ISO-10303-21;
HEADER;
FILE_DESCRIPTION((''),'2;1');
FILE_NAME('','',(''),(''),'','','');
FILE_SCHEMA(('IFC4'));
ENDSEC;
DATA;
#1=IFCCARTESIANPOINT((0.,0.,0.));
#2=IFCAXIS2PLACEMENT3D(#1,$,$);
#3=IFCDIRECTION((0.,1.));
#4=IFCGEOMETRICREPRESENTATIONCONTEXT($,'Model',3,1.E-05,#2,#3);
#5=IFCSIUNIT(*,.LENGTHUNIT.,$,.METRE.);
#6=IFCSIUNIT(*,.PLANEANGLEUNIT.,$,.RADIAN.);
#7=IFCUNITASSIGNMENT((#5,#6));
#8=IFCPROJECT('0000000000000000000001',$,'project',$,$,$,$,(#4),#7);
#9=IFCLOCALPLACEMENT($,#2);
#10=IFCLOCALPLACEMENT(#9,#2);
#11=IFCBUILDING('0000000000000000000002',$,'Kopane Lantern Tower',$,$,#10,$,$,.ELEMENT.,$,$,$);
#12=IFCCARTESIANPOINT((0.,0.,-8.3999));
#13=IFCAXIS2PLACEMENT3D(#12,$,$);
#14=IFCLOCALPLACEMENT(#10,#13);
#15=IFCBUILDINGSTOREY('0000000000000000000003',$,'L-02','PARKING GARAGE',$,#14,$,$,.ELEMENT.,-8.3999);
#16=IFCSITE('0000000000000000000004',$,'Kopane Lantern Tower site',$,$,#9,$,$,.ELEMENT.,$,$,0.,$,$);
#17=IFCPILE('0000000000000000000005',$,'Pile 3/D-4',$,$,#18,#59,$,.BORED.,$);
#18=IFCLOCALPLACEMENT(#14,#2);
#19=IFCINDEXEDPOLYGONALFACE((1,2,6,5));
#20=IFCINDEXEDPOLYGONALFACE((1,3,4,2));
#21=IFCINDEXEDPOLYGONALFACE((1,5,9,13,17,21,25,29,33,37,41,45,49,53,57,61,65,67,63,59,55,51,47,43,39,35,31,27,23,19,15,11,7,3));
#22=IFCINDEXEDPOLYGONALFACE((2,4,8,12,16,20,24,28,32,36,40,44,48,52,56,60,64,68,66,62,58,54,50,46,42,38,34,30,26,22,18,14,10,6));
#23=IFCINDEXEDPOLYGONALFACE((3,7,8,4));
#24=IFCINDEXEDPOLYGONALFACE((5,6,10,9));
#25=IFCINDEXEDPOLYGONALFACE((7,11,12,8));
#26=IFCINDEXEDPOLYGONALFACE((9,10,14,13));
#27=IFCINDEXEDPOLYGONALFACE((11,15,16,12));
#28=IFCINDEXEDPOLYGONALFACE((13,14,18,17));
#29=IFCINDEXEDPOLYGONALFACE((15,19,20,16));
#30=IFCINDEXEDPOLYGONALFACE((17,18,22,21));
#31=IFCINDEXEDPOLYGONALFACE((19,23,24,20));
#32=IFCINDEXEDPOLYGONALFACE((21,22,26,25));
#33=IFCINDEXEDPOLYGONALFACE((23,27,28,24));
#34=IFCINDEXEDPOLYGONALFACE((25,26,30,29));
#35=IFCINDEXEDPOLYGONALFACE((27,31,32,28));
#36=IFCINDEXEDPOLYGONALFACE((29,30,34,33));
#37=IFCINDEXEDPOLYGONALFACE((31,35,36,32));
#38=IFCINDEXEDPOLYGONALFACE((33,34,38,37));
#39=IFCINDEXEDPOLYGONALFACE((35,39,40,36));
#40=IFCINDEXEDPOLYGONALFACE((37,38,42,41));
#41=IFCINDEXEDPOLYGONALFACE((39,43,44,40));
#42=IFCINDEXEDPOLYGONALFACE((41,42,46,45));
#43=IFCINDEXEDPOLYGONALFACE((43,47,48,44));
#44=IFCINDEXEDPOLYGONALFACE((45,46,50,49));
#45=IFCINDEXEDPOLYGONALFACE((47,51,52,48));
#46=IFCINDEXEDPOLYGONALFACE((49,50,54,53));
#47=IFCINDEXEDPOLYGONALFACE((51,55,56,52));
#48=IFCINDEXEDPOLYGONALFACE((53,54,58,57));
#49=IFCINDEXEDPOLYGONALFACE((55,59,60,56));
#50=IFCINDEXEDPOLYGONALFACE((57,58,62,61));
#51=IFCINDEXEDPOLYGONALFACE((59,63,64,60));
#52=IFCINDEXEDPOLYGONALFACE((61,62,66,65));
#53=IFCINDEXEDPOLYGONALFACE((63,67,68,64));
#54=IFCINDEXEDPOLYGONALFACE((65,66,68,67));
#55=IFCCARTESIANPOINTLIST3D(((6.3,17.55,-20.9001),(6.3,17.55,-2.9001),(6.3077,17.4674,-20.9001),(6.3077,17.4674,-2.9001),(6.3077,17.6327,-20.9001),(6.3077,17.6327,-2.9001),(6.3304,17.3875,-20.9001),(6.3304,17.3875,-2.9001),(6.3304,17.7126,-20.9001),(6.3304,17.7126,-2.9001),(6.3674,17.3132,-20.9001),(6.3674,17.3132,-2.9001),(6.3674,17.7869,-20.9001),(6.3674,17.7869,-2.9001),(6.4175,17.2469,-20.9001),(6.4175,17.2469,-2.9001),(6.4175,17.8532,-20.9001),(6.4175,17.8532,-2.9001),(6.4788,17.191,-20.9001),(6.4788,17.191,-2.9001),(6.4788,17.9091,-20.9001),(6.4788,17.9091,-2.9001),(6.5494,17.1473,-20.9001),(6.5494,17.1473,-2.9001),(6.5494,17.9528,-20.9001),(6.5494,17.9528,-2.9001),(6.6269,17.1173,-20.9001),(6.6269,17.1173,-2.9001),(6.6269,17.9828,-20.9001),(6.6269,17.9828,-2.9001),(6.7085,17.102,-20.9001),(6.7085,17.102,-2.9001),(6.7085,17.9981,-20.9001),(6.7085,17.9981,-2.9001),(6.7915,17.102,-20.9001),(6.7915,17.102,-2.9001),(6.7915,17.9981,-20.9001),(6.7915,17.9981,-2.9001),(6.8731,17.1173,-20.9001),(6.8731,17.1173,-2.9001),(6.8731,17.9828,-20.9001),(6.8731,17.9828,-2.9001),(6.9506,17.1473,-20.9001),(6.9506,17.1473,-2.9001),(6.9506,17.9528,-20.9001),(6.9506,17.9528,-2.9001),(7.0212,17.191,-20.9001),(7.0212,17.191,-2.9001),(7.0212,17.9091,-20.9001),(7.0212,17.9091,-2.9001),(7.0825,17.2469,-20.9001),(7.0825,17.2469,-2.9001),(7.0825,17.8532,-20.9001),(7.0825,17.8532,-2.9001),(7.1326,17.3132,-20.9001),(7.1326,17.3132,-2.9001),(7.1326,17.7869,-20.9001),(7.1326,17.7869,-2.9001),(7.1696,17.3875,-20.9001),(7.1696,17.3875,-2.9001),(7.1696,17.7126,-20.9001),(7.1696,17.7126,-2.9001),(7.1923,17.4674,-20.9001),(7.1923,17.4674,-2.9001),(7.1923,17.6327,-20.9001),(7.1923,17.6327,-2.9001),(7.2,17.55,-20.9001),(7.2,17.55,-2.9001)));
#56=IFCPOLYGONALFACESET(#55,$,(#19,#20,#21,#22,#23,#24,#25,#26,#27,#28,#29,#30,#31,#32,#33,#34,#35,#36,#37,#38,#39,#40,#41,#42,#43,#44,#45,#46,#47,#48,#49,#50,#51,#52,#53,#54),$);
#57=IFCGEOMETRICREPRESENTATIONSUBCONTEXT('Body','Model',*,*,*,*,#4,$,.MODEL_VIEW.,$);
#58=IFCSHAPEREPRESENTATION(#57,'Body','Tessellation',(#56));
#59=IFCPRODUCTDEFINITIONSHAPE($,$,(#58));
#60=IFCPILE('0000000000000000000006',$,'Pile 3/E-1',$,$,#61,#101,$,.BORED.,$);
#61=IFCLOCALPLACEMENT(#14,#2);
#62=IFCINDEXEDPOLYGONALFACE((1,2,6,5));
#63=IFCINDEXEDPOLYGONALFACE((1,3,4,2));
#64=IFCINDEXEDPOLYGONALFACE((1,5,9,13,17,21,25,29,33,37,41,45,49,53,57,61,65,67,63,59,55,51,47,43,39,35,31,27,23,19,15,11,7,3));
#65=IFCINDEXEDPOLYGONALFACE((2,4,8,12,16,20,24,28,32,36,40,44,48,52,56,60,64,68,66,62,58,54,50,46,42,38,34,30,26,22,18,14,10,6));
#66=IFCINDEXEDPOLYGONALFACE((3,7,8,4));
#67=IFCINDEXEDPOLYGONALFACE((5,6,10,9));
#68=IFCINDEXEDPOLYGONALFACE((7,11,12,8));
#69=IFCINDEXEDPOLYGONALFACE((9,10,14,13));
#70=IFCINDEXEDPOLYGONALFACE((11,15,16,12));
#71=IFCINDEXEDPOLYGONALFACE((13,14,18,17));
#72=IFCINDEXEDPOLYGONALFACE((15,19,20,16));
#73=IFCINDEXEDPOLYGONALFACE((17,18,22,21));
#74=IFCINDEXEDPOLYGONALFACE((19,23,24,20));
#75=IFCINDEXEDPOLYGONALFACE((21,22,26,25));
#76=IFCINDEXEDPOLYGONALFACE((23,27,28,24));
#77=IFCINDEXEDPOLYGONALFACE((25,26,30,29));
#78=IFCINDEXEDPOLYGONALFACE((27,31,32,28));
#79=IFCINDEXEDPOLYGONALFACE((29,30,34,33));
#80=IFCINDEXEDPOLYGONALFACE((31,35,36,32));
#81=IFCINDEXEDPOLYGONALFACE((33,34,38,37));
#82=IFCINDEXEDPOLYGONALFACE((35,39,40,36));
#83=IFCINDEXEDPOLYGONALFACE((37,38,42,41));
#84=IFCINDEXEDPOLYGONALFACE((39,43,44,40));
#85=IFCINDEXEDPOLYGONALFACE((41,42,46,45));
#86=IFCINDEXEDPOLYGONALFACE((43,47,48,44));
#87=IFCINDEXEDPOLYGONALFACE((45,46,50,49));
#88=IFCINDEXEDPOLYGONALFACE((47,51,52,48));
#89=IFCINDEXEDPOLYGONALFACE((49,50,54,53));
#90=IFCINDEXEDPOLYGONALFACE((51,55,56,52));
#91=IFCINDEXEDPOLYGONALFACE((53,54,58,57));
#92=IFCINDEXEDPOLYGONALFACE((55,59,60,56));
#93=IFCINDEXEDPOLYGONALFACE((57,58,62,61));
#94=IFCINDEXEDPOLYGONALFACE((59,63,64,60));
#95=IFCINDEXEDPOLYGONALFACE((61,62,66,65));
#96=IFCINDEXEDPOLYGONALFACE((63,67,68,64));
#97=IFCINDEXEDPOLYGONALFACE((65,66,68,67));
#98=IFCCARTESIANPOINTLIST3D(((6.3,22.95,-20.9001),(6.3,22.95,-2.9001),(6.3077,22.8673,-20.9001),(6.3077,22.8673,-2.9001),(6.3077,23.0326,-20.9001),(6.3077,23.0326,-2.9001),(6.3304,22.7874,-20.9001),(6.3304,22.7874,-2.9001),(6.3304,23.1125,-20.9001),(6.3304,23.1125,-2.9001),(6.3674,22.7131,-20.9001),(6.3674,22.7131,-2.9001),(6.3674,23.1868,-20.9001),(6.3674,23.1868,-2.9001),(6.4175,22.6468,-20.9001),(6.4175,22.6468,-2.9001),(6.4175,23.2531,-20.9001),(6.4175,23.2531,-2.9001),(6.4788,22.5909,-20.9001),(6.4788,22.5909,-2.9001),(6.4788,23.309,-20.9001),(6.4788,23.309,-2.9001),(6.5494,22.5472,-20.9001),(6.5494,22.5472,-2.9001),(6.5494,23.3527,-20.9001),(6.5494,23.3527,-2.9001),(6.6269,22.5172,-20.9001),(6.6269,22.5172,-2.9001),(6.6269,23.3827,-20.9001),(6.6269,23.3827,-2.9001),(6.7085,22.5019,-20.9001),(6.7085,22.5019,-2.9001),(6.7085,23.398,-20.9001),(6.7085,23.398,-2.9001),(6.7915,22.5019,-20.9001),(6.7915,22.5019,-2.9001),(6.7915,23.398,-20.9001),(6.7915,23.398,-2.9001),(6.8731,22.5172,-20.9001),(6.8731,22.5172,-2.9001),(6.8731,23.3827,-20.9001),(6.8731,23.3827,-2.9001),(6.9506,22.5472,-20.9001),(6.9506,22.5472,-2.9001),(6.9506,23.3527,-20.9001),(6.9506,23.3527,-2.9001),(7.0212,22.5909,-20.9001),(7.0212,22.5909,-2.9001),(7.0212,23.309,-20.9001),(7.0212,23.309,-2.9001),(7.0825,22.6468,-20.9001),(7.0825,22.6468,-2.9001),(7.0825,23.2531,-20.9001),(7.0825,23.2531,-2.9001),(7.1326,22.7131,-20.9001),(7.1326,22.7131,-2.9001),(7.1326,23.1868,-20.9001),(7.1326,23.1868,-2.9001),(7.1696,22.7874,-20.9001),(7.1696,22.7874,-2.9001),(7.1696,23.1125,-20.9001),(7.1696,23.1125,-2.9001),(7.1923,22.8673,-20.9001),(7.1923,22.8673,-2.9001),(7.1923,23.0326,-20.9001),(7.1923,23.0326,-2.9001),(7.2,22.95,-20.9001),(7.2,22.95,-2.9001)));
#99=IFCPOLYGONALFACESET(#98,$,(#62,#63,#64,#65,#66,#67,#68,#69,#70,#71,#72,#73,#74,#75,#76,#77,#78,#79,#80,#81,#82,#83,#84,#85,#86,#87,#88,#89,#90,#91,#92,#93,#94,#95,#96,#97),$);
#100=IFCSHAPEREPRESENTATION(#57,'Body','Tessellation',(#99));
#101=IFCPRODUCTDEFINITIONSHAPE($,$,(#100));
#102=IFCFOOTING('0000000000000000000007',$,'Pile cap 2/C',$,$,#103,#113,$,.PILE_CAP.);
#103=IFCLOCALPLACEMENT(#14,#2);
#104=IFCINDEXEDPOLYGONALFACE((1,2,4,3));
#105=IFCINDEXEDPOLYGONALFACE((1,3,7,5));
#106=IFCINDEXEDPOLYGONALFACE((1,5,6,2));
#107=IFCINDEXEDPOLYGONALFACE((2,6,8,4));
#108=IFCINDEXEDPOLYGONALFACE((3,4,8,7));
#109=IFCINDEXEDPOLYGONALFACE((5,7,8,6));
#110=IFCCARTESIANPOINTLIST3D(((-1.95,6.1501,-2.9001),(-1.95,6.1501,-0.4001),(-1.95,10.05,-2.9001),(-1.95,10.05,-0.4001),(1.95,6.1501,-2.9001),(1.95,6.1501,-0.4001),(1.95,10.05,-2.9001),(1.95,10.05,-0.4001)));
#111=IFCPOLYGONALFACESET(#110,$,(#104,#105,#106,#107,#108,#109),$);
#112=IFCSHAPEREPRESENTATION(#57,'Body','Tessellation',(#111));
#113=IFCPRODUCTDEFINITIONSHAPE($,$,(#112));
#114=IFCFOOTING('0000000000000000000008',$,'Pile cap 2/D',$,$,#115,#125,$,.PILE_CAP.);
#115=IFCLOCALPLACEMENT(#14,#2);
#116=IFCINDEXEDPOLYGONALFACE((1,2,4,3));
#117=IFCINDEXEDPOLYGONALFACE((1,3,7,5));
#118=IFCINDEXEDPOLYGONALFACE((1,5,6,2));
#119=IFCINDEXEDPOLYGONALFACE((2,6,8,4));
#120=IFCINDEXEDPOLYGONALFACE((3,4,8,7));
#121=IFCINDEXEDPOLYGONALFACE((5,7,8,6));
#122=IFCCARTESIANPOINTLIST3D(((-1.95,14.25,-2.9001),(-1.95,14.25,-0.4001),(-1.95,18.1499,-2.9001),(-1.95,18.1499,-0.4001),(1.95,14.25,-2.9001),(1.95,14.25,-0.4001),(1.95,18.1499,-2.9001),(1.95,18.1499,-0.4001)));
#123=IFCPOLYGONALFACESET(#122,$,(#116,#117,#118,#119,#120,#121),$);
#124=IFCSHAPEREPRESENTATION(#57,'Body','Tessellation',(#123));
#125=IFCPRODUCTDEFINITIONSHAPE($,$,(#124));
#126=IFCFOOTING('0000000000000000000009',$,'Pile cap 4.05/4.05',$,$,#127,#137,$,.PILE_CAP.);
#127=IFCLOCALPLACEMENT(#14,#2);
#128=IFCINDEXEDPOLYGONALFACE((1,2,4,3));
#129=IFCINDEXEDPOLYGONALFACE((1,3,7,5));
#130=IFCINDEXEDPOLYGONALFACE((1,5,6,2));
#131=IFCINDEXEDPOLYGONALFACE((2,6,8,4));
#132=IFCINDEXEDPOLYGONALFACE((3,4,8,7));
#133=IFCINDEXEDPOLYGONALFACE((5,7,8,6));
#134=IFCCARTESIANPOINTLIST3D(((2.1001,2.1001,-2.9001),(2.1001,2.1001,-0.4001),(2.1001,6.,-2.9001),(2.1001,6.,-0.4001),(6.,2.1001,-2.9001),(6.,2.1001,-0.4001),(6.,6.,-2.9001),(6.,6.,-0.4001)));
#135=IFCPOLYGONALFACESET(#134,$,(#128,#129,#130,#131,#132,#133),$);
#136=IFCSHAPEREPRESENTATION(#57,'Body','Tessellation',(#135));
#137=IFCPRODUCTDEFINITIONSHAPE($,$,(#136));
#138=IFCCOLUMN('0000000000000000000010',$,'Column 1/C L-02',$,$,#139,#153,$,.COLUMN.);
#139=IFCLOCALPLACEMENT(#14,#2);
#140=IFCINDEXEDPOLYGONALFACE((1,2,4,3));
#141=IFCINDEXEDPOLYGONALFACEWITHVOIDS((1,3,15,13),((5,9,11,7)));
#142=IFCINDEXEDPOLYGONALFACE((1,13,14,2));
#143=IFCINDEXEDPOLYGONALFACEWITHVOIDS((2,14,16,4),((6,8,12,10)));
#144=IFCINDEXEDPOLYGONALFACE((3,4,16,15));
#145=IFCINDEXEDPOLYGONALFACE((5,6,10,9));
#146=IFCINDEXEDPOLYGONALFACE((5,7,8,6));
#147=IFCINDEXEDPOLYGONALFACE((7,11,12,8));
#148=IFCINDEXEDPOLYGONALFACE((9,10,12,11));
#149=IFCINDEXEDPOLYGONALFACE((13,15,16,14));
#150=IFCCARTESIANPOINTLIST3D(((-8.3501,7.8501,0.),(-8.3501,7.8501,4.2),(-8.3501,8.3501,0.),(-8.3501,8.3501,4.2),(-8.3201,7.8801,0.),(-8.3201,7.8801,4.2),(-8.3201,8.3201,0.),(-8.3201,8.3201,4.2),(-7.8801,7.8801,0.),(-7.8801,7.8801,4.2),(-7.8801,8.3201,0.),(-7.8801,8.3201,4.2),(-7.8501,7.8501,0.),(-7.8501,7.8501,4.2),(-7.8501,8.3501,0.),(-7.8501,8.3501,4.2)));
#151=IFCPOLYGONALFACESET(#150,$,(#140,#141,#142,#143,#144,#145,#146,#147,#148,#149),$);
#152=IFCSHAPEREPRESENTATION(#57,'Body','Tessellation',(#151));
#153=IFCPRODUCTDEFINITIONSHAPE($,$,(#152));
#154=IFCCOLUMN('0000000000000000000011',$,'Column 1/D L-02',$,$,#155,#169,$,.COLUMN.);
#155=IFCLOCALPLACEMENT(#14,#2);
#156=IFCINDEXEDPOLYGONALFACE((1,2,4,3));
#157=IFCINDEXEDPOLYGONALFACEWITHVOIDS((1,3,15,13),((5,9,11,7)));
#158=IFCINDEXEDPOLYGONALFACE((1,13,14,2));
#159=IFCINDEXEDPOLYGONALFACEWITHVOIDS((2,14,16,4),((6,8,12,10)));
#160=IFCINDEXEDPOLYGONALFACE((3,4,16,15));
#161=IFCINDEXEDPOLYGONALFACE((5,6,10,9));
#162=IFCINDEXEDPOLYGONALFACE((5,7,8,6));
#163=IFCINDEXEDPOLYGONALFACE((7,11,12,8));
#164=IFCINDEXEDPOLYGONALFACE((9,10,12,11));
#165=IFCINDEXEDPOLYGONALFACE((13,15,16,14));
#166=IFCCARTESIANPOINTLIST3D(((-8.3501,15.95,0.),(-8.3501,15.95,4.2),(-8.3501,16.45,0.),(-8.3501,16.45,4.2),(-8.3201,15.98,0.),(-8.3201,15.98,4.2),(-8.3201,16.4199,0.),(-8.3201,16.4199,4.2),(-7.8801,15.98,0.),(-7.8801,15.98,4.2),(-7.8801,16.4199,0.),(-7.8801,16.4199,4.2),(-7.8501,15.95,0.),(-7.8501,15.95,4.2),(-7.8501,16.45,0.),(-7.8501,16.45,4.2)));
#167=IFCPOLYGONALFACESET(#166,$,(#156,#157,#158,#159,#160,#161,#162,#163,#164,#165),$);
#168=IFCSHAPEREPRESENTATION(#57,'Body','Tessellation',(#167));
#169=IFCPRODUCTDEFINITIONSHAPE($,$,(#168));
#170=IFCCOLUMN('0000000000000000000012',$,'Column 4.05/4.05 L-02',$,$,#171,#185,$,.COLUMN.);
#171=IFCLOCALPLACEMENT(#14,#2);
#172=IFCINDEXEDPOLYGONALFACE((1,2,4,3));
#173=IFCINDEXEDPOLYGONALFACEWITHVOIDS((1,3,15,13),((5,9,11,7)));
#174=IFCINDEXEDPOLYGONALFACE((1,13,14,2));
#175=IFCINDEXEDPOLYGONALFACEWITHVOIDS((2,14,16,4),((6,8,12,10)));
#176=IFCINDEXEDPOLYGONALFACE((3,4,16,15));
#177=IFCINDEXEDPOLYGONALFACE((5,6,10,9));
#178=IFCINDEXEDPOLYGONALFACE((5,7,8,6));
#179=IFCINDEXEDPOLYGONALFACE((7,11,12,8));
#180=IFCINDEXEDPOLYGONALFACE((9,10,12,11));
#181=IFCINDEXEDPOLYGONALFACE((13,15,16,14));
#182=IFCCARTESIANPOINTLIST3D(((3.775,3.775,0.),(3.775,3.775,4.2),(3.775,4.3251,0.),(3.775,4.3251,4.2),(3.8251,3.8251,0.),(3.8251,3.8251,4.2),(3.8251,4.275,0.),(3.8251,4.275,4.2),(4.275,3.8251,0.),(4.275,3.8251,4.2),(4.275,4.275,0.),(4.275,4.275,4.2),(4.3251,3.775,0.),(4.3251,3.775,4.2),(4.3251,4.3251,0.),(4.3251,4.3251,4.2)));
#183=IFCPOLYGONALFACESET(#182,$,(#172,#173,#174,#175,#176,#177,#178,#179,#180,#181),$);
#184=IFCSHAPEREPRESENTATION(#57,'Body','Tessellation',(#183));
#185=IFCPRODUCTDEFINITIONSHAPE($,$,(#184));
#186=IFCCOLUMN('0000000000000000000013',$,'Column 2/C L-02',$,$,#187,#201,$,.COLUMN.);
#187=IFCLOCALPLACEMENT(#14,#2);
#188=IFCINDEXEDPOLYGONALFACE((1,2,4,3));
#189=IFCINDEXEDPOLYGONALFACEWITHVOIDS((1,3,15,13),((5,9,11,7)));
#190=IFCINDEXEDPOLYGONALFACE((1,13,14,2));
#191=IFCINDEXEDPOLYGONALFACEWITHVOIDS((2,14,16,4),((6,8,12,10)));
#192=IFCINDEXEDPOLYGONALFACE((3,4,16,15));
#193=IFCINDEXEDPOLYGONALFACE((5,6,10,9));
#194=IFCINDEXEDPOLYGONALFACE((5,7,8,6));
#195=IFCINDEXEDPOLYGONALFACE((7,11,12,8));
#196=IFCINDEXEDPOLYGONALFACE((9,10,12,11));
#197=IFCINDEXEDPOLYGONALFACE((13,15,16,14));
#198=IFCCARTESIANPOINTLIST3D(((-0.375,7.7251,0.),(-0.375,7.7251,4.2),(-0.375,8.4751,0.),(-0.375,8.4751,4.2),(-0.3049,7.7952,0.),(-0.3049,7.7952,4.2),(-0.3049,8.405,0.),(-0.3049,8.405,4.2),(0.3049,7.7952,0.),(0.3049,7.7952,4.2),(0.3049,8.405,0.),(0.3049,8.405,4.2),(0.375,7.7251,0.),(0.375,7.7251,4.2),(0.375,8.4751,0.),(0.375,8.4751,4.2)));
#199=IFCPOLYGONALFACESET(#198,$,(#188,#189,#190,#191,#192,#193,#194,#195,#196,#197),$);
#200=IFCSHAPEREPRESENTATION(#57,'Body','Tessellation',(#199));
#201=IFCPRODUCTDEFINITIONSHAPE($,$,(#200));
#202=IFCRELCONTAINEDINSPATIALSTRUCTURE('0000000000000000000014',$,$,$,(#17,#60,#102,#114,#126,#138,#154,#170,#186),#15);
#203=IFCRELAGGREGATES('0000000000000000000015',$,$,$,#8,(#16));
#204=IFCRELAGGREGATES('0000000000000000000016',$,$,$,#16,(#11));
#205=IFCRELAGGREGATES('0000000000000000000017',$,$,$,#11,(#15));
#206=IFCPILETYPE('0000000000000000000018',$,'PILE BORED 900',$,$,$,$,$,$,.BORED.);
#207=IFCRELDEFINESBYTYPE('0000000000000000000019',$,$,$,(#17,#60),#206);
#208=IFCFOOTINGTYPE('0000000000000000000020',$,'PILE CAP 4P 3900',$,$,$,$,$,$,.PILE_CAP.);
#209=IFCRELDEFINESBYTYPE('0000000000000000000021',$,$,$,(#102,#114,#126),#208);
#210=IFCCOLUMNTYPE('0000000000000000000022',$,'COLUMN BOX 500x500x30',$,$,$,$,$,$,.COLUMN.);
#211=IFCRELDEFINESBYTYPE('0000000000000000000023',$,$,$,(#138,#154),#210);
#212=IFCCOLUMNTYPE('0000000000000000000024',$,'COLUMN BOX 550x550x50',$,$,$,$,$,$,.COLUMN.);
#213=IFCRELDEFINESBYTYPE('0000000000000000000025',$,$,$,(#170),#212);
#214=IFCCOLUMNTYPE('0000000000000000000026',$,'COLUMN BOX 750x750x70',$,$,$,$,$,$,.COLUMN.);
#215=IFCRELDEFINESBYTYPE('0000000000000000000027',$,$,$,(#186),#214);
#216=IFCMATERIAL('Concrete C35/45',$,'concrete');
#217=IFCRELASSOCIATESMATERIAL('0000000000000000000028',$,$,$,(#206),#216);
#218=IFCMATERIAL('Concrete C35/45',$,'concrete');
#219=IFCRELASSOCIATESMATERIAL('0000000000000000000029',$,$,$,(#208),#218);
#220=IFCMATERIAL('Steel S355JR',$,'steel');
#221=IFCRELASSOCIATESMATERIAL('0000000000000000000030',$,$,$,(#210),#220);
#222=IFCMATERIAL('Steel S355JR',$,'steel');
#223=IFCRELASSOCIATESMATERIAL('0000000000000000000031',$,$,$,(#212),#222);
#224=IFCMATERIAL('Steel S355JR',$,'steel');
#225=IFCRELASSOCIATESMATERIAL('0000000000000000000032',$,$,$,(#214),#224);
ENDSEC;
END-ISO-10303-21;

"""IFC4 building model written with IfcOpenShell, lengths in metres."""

from ifc_helpers import new_model, si_unit, direction, frame, origin, origin_2d, place, context, subcontext, project, spatial, rectangle, hollow_rectangle, circle, extrude, material, material_profile, profile_set, type_object, element, save


model = new_model("IFC4")

# Units and contexts
model_context = context("Model", 3, precision=1e-05, world=origin(), true_north=direction((0.0, 1.0)))
body_context = subcontext(model_context, "Body", "Model", "MODEL_VIEW")
ifc_project = project(units=[si_unit("LENGTHUNIT", "METRE"), si_unit("PLANEANGLEUNIT", "RADIAN")], contexts=[model_context])

# Site, building, storey
site_placement = place(None, origin())
site = spatial("IfcSite", under=ifc_project, at=site_placement, Name="Kopane Lantern Tower site", CompositionType="ELEMENT", RefElevation=0.0)
building_placement = place(site_placement, origin())
building = spatial("IfcBuilding", under=site, at=building_placement, Name="Kopane Lantern Tower", CompositionType="ELEMENT")
storey_placement = place(building_placement, frame((0.0, 0.0, -8.3999)))
storey = spatial("IfcBuildingStorey", under=building, at=storey_placement, Name="L-02", Description="PARKING GARAGE", CompositionType="ELEMENT", Elevation=-8.3999)

# Piles
ifc_material_1 = material(Name="Concrete C35/45", Category="concrete")
ifc_material_profile_1 = material_profile(ifc_material_1, circle(Radius=0.45, at=origin_2d()), Name="D900")
ifc_profile_set_1 = profile_set([ifc_material_profile_1], Name="Concrete C35/45")
pile_type = type_object("IfcPileType", Name="PILE BORED 900", PredefinedType="BORED", material=ifc_profile_set_1)
for number, where, z_axis, x_axis, name in (
    (1, (6.75, 17.55, -2.9001), (0.0, 0.0, -1.0), (1.0, 0.0, 0.0), "Pile 3/D-4"),
    (2, (6.75, 22.95, -2.9001), (0.0, 0.0, -1.0), (1.0, 0.0, 0.0), "Pile 3/E-1"),
):
    element("IfcPile", number, at=place(storey_placement, frame(where, z_axis=z_axis, x_axis=x_axis)), inside=storey, type_object=pile_type, Name=name, PredefinedType="BORED", context=body_context, shape_type="SweptSolid", body=[
        extrude(circle(Radius=0.45, at=origin_2d()), origin(), (0.0, 0.0, 1.0), 18.0),
    ])

# Footings
ifc_material_2 = material(Name="Concrete C35/45", Category="concrete")
footing_type_1 = type_object("IfcFootingType", Name="PILE CAP 4P 3900", PredefinedType="PILE_CAP", material=ifc_material_2)
for number, where, z_axis, x_axis, name in (
    (3, (0.0, 8.1001, -2.9001), (0.0, 0.0, 1.0), (1.0, 0.0, 0.0), "Pile cap 2/C"),
    (4, (0.0, 16.2, -2.9001), (0.0, 0.0, 1.0), (1.0, 0.0, 0.0), "Pile cap 2/D"),
    (5, (4.05, 4.05, -2.9001), (0.0, 0.0, 1.0), (1.0, 0.0, 0.0), "Pile cap 4.05/4.05"),
):
    element("IfcFooting", number, at=place(storey_placement, frame(where, z_axis=z_axis, x_axis=x_axis)), inside=storey, type_object=footing_type_1, Name=name, PredefinedType="PILE_CAP", context=body_context, shape_type="SweptSolid", body=[
        extrude(rectangle(XDim=3.8999, YDim=3.8999, at=origin_2d()), origin(), (0.0, 0.0, 1.0), 2.5),
    ])

# Columns
ifc_material_3 = material(Name="Steel S355JR", Category="steel")
ifc_material_profile_2 = material_profile(ifc_material_3, hollow_rectangle(XDim=0.5, YDim=0.5, WallThickness=0.03, at=origin_2d()), Name="BOX 500x500x30")
ifc_profile_set_2 = profile_set([ifc_material_profile_2], Name="Steel S355JR")
column_type_1 = type_object("IfcColumnType", Name="COLUMN BOX 500x500x30", PredefinedType="COLUMN", material=ifc_profile_set_2)
for number, where, z_axis, x_axis, name in (
    (6, (-8.1001, 8.1001, 0.0), (0.0, 0.0, 1.0), (1.0, 0.0, 0.0), "Column 1/C L-02"),
    (7, (-8.1001, 16.2, 0.0), (0.0, 0.0, 1.0), (1.0, 0.0, 0.0), "Column 1/D L-02"),
):
    element("IfcColumn", number, at=place(storey_placement, frame(where, z_axis=z_axis, x_axis=x_axis)), inside=storey, type_object=column_type_1, Name=name, PredefinedType="COLUMN", context=body_context, shape_type="SweptSolid", body=[
        extrude(hollow_rectangle(XDim=0.5, YDim=0.5, WallThickness=0.03, at=origin_2d()), origin(), (0.0, 0.0, 1.0), 4.2),
    ])
ifc_material_4 = material(Name="Steel S355JR", Category="steel")
ifc_material_profile_3 = material_profile(ifc_material_4, hollow_rectangle(XDim=0.55, YDim=0.55, WallThickness=0.05, at=origin_2d()), Name="BOX 550x550x50")
ifc_profile_set_3 = profile_set([ifc_material_profile_3], Name="Steel S355JR")
column_type_2 = type_object("IfcColumnType", Name="COLUMN BOX 550x550x50", PredefinedType="COLUMN", material=ifc_profile_set_3)
column_1_placement = place(storey_placement, frame((4.05, 4.05, 0.0), z_axis=(0.0, 0.0, 1.0), x_axis=(1.0, 0.0, 0.0)))
element("IfcColumn", 8, at=column_1_placement, inside=storey, type_object=column_type_2, Name="Column 4.05/4.05 L-02", PredefinedType="COLUMN", context=body_context, shape_type="SweptSolid", body=[
    extrude(hollow_rectangle(XDim=0.55, YDim=0.55, WallThickness=0.05, at=origin_2d()), origin(), (0.0, 0.0, 1.0), 4.2),
])
ifc_material_5 = material(Name="Steel S355JR", Category="steel")
ifc_material_profile_4 = material_profile(ifc_material_5, hollow_rectangle(XDim=0.75, YDim=0.75, WallThickness=0.0701, at=origin_2d()), Name="BOX 750x750x70")
ifc_profile_set_4 = profile_set([ifc_material_profile_4], Name="Steel S355JR")
column_type_3 = type_object("IfcColumnType", Name="COLUMN BOX 750x750x70", PredefinedType="COLUMN", material=ifc_profile_set_4)
for number, where, z_axis, x_axis, name in (
    (9, (0.0, 8.1001, 0.0), (0.0, 0.0, 1.0), (1.0, 0.0, 0.0), "Column 2/C L-02"),
):
    element("IfcColumn", number, at=place(storey_placement, frame(where, z_axis=z_axis, x_axis=x_axis)), inside=storey, type_object=column_type_3, Name=name, PredefinedType="COLUMN", context=body_context, shape_type="SweptSolid", body=[
        extrude(hollow_rectangle(XDim=0.75, YDim=0.75, WallThickness=0.0701, at=origin_2d()), origin(), (0.0, 0.0, 1.0), 4.2),
    ])

save(model, "model.ifc")
